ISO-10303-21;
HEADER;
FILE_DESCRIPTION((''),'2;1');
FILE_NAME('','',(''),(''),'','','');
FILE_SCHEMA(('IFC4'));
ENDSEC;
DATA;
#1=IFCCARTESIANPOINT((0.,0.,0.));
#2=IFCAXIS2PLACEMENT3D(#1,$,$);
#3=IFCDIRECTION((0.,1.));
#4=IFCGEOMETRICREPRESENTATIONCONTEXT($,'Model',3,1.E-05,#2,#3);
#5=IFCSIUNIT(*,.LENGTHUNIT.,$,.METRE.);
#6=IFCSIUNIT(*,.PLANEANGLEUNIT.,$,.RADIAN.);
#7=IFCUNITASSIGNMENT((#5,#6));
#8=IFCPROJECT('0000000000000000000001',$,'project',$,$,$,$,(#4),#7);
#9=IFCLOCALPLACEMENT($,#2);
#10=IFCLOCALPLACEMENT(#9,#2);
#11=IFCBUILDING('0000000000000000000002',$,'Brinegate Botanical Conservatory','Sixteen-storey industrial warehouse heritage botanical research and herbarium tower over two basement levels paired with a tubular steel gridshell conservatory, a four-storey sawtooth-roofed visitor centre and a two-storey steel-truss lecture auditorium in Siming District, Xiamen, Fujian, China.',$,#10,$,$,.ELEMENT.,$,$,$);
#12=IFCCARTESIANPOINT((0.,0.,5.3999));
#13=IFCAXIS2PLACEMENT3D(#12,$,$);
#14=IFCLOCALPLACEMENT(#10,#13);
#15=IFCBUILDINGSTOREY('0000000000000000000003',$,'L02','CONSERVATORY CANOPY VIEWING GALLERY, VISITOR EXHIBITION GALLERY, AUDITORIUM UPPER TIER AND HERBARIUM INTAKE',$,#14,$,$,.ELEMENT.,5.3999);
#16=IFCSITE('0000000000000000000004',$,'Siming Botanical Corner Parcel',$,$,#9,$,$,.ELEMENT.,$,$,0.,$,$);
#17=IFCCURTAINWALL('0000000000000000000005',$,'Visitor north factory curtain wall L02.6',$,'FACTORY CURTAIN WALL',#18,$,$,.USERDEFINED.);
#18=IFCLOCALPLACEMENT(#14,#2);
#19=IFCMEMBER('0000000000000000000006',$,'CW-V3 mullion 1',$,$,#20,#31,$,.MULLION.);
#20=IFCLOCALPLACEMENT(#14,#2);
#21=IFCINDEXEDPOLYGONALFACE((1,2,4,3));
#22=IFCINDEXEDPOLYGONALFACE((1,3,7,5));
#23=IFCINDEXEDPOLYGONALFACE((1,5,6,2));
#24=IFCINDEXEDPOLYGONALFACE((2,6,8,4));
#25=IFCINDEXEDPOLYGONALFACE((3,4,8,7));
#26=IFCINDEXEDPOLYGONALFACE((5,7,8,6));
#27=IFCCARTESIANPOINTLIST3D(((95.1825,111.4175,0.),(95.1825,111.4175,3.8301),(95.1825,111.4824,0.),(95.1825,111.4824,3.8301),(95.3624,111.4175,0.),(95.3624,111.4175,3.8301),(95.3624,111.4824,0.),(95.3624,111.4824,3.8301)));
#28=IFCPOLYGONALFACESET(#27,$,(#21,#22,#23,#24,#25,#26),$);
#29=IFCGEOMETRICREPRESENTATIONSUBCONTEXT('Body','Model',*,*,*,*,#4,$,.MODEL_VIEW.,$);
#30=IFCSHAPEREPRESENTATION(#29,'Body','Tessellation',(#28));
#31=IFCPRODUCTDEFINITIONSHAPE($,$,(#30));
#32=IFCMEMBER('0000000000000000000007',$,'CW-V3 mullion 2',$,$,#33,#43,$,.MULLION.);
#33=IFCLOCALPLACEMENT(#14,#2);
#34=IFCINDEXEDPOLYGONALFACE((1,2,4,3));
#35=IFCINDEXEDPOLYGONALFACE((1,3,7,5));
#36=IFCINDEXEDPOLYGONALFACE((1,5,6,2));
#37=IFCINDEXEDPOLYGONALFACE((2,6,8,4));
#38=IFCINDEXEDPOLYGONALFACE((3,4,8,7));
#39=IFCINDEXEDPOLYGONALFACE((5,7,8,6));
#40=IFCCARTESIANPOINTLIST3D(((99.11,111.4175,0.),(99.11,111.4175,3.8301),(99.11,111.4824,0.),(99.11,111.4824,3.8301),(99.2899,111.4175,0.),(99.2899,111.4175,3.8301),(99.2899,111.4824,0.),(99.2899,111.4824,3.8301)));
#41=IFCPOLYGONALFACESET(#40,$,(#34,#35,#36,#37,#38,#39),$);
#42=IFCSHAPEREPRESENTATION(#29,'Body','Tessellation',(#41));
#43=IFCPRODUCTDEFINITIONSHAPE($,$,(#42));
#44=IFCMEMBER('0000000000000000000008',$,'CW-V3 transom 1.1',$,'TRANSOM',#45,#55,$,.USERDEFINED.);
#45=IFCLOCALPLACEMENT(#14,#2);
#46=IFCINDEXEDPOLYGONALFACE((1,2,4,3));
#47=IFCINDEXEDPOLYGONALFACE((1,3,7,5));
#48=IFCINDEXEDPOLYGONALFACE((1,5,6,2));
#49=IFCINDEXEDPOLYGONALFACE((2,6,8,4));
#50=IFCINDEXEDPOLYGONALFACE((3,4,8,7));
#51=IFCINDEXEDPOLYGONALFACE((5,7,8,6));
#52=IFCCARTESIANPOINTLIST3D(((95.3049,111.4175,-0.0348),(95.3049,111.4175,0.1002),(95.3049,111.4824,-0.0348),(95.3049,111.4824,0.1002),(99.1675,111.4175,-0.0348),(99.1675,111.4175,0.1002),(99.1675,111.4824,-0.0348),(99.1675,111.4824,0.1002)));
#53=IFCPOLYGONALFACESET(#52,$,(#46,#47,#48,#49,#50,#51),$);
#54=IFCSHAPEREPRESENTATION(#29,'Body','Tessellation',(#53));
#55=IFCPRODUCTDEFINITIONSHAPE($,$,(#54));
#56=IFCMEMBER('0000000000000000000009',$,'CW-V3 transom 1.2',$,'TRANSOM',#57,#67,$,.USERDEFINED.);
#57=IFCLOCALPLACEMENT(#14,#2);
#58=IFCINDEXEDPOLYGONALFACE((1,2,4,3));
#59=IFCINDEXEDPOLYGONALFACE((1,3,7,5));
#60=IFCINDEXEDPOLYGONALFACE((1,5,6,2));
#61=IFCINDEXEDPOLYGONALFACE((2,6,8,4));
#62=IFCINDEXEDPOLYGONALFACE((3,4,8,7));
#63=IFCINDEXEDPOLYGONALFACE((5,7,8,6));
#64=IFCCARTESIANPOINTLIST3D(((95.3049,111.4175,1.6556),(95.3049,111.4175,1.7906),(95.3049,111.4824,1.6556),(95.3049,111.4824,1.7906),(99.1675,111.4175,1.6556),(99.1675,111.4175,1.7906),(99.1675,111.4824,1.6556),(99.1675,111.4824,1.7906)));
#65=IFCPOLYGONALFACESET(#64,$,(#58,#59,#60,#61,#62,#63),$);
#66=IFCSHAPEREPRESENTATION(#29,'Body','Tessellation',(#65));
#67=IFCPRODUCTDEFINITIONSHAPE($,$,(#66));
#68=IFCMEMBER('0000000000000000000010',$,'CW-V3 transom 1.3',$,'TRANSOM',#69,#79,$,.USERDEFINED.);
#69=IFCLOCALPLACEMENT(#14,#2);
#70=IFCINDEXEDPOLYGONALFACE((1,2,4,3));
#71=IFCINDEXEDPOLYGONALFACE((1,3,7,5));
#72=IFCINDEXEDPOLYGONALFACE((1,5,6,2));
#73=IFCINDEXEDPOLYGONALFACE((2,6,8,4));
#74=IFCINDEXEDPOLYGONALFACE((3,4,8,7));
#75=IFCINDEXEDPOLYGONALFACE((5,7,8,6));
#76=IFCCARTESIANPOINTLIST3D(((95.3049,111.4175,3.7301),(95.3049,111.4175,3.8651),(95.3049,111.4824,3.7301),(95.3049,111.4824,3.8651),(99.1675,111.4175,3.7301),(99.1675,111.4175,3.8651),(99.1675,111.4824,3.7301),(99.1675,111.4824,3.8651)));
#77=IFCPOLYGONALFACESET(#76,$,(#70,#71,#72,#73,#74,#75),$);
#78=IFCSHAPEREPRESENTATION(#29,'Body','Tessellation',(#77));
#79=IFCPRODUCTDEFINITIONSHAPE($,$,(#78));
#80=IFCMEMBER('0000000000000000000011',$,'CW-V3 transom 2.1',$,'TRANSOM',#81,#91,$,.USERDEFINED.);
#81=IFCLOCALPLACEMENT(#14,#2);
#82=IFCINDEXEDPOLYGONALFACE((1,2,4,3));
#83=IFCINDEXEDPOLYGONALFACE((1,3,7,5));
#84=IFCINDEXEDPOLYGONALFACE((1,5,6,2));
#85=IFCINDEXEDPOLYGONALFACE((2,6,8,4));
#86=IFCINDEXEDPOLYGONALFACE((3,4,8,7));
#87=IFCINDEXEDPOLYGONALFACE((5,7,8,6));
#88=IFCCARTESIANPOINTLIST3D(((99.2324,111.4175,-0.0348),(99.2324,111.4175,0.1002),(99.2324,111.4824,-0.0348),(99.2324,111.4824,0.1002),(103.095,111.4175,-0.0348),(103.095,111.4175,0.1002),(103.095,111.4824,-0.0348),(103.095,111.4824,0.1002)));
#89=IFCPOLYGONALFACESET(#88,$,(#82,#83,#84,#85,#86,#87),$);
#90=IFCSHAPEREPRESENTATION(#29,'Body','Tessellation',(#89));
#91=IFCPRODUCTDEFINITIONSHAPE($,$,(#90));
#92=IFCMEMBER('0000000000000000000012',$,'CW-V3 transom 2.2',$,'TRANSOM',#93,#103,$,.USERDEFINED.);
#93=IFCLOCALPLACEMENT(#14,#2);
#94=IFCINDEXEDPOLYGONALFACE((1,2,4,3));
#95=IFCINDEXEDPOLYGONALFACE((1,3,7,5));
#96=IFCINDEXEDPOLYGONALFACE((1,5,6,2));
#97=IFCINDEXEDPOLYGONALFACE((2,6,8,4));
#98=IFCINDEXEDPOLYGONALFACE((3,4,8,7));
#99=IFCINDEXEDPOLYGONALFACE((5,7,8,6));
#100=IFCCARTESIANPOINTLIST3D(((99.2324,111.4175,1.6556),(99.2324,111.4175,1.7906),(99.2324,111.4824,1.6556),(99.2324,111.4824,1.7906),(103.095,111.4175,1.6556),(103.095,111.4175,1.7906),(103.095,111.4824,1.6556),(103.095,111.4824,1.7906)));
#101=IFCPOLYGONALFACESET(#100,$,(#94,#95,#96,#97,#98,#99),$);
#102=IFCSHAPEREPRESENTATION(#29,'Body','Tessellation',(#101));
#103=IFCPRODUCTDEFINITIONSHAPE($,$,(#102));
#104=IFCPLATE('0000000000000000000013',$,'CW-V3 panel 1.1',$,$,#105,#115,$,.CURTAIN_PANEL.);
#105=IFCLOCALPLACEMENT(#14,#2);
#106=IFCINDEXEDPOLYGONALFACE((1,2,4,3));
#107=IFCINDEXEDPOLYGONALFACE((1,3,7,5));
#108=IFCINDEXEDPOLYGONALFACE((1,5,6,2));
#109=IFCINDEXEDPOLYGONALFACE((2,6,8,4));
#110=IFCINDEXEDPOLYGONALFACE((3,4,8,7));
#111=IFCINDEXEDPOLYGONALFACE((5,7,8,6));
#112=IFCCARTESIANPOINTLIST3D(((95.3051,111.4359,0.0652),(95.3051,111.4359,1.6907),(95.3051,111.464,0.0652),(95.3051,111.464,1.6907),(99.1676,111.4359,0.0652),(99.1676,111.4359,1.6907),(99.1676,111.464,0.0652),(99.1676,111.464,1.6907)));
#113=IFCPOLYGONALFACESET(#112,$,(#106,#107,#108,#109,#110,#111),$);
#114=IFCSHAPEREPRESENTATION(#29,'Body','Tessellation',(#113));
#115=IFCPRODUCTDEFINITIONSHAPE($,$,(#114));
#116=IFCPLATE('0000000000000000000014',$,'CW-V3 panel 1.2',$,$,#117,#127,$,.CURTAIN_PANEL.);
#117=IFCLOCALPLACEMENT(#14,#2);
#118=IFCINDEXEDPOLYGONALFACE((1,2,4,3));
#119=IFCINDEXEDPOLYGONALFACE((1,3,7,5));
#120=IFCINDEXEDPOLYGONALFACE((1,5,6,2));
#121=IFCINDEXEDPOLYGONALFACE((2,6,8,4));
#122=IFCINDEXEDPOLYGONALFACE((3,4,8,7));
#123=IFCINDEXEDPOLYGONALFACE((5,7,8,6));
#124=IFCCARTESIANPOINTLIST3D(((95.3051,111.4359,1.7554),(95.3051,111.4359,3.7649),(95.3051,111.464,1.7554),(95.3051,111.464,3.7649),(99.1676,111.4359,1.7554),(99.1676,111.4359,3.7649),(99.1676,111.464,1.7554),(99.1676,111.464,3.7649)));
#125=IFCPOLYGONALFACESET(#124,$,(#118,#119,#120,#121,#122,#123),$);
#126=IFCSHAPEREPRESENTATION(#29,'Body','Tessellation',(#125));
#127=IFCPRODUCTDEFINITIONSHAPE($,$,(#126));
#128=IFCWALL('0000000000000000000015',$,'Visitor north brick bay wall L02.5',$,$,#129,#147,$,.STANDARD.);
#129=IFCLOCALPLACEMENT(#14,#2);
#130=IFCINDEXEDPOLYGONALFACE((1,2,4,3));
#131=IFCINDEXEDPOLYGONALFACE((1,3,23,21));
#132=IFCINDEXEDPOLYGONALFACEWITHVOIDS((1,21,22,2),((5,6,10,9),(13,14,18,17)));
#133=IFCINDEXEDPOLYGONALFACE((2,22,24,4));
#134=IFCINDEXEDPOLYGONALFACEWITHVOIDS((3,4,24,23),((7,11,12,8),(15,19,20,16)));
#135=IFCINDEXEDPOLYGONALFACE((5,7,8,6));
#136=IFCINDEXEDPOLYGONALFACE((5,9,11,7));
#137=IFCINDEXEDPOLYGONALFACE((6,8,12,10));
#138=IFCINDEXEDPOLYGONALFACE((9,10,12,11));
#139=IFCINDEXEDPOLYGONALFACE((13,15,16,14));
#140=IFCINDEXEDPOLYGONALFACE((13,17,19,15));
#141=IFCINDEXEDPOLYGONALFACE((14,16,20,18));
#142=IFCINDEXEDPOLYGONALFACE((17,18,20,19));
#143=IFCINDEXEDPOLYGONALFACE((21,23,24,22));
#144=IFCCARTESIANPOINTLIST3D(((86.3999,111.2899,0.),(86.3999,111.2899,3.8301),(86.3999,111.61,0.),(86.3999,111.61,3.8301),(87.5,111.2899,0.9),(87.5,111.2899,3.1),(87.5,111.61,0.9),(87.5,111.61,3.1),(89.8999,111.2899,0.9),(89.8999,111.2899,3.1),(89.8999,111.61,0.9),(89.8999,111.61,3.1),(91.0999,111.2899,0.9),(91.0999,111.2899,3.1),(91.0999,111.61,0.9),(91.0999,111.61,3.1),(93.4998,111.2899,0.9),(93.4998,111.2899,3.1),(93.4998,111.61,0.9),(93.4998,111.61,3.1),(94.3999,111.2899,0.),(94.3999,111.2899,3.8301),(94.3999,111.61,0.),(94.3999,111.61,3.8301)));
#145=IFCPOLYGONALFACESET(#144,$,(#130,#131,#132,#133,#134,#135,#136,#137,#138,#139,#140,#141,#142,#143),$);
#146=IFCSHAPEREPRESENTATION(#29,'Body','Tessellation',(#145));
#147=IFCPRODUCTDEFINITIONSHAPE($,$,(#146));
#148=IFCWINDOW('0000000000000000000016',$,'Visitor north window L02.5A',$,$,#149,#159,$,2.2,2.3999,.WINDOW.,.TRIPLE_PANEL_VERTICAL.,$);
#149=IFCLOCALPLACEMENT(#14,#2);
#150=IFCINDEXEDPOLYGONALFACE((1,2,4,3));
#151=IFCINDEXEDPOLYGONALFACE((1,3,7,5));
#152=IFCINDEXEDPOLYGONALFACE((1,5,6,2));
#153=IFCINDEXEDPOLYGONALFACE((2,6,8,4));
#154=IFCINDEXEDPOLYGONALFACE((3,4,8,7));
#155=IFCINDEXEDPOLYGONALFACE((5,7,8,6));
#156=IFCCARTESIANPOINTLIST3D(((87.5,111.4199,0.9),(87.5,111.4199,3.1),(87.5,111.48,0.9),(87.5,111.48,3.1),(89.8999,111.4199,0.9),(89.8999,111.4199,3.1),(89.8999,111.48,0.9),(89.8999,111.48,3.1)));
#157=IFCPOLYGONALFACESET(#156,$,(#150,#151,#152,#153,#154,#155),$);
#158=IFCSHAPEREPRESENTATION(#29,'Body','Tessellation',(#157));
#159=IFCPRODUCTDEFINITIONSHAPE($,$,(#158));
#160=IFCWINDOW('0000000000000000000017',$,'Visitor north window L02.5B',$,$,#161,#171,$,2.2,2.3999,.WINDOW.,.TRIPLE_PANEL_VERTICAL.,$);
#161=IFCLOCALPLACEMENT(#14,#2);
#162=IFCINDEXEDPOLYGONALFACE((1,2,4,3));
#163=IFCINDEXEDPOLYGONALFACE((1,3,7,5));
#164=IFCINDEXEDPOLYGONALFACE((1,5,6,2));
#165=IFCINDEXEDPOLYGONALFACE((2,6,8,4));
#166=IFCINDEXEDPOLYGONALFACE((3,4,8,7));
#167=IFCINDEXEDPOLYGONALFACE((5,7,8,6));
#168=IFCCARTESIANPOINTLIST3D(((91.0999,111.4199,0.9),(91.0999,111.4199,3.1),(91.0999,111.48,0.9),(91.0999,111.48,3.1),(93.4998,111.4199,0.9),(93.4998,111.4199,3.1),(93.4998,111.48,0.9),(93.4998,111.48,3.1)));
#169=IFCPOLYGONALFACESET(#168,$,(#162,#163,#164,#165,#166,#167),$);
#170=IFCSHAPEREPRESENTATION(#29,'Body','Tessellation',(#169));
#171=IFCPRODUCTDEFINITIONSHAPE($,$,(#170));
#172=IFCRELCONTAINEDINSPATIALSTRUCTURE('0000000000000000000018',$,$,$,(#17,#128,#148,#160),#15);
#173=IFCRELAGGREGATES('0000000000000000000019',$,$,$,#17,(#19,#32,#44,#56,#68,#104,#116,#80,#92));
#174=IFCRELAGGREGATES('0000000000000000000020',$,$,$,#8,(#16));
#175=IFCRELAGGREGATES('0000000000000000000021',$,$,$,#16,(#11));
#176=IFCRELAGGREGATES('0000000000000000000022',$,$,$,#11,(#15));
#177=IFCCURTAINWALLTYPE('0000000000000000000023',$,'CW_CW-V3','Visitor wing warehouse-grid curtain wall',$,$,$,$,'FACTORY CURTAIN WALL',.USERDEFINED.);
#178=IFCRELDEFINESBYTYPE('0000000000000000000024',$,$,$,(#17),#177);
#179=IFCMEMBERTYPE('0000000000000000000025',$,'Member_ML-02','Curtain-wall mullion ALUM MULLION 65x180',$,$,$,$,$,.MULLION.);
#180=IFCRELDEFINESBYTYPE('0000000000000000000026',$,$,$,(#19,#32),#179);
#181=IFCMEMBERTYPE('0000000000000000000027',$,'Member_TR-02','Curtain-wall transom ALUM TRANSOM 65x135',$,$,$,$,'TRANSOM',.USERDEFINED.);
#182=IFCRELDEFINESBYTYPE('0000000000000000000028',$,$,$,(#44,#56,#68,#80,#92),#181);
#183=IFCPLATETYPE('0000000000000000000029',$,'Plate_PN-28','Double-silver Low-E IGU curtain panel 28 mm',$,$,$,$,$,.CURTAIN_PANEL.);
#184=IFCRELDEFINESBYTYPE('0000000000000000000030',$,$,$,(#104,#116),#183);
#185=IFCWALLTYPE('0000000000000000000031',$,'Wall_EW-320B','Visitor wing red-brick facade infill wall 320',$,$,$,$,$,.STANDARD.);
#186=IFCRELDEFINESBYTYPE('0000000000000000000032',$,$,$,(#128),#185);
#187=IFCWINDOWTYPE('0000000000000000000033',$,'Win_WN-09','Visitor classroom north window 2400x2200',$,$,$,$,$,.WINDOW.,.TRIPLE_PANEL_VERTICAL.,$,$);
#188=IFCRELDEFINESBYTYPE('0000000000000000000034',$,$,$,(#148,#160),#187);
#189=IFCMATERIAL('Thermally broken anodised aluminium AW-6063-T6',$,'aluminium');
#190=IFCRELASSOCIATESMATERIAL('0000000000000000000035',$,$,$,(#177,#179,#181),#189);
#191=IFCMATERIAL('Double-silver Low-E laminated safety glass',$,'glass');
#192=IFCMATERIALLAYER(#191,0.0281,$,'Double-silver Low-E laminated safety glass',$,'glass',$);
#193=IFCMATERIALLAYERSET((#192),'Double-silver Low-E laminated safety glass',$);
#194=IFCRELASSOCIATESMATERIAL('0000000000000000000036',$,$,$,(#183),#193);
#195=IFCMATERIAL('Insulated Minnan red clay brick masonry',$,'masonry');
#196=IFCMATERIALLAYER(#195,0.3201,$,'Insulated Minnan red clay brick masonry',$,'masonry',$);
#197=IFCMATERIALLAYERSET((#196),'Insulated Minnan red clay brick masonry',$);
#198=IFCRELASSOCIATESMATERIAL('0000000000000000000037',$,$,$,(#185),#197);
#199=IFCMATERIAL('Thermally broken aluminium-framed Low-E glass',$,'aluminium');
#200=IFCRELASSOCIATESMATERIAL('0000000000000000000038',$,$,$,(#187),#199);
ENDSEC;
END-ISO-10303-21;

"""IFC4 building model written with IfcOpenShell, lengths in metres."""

from ifc_helpers import new_model, si_unit, direction, frame, frame_2d, origin, origin_2d, place, context, subcontext, project, spatial, rectangle, extrude, material, layer, layer_set, material_profile, profile_set, type_object, element, fill, aggregate, save


model = new_model("IFC4")

# Units and contexts
model_context = context("Model", 3, precision=1e-05, world=origin(), true_north=direction((0.0, 1.0)))
body_context = subcontext(model_context, "Body", "Model", "MODEL_VIEW")
ifc_project = project(units=[si_unit("LENGTHUNIT", "METRE"), si_unit("PLANEANGLEUNIT", "RADIAN")], contexts=[model_context])

# Site, building, storey
site_placement = place(None, origin())
site = spatial("IfcSite", under=ifc_project, at=site_placement, Name="Siming Botanical Corner Parcel", CompositionType="ELEMENT", RefElevation=0.0)
building_placement = place(site_placement, origin())
building = spatial("IfcBuilding", under=site, at=building_placement, Name="Brinegate Botanical Conservatory", Description="Sixteen-storey industrial warehouse heritage botanical research and herbarium tower over two basement levels paired with a tubular steel gridshell conservatory, a four-storey sawtooth-roofed visitor centre and a two-storey steel-truss lecture auditorium in Siming District, Xiamen, Fujian, China.", CompositionType="ELEMENT")
storey_placement = place(building_placement, frame((0.0, 0.0, 5.3999)))
storey = spatial("IfcBuildingStorey", under=building, at=storey_placement, Name="L02", Description="CONSERVATORY CANOPY VIEWING GALLERY, VISITOR EXHIBITION GALLERY, AUDITORIUM UPPER TIER AND HERBARIUM INTAKE", CompositionType="ELEMENT", Elevation=5.3999)

# Curtain wall, members, plates
ifc_material_1 = material(Name="Thermally broken anodised aluminium AW-6063-T6", Category="aluminium")
curtain_wall_type = type_object("IfcCurtainWallType", Name="CW_CW-V3", Description="Visitor wing warehouse-grid curtain wall", ElementType="FACTORY CURTAIN WALL", PredefinedType="USERDEFINED", material=ifc_material_1)
curtain_wall_placement = place(storey_placement, origin())
curtain_wall = element("IfcCurtainWall", 1, at=curtain_wall_placement, inside=storey, type_object=curtain_wall_type, Name="Visitor north factory curtain wall L02.6", ObjectType="FACTORY CURTAIN WALL", PredefinedType="USERDEFINED")
ifc_material_profile_1 = material_profile(ifc_material_1, rectangle(XDim=0.0649, YDim=0.1799, at=origin_2d()), Name="ALUM MULLION 65x180")
ifc_profile_set_1 = profile_set([ifc_material_profile_1], Name="Thermally broken anodised aluminium AW-6063-T6")
member_type_1 = type_object("IfcMemberType", Name="Member_ML-02", Description="Curtain-wall mullion ALUM MULLION 65x180", PredefinedType="MULLION", material=ifc_profile_set_1)
member_1_placement = place(storey_placement, frame((95.2725, 111.45, 0.0), z_axis=(0.0, 0.0, 1.0), x_axis=(0.0, 1.0, 0.0)))
member_1 = element("IfcMember", 2, at=member_1_placement, type_object=member_type_1, Name="CW-V3 mullion 1", PredefinedType="MULLION", context=body_context, shape_type="SweptSolid", body=[
    extrude(rectangle(XDim=0.0649, YDim=0.1799, at=origin_2d()), origin(), (0.0, 0.0, 1.0), 3.8301),
])
member_2_placement = place(storey_placement, frame((99.2, 111.45, 0.0), z_axis=(0.0, 0.0, 1.0), x_axis=(0.0, 1.0, 0.0)))
member_2 = element("IfcMember", 3, at=member_2_placement, type_object=member_type_1, Name="CW-V3 mullion 2", PredefinedType="MULLION", context=body_context, shape_type="SweptSolid", body=[
    extrude(rectangle(XDim=0.0649, YDim=0.1799, at=origin_2d()), origin(), (0.0, 0.0, 1.0), 3.8301),
])
ifc_material_profile_2 = material_profile(ifc_material_1, rectangle(XDim=0.0649, YDim=0.135, at=origin_2d()), Name="ALUM TRANSOM 65x135")
ifc_profile_set_2 = profile_set([ifc_material_profile_2], Name="Thermally broken anodised aluminium AW-6063-T6")
member_type_2 = type_object("IfcMemberType", Name="Member_TR-02", Description="Curtain-wall transom ALUM TRANSOM 65x135", ElementType="TRANSOM", PredefinedType="USERDEFINED", material=ifc_profile_set_2)
member_3_placement = place(storey_placement, frame((95.3049, 111.45, 0.0327), z_axis=(1.0, 0.0, 0.0), x_axis=(0.0, 1.0, 0.0)))
member_3 = element("IfcMember", 4, at=member_3_placement, type_object=member_type_2, Name="CW-V3 transom 1.1", ObjectType="TRANSOM", PredefinedType="USERDEFINED", context=body_context, shape_type="SweptSolid", body=[
    extrude(rectangle(XDim=0.0649, YDim=0.135, at=origin_2d()), origin(), (0.0, 0.0, 1.0), 3.8625),
])
member_4_placement = place(storey_placement, frame((95.3049, 111.45, 1.7231), z_axis=(1.0, 0.0, 0.0), x_axis=(0.0, 1.0, 0.0)))
member_4 = element("IfcMember", 5, at=member_4_placement, type_object=member_type_2, Name="CW-V3 transom 1.2", ObjectType="TRANSOM", PredefinedType="USERDEFINED", context=body_context, shape_type="SweptSolid", body=[
    extrude(rectangle(XDim=0.0649, YDim=0.135, at=origin_2d()), origin(), (0.0, 0.0, 1.0), 3.8625),
])
member_5_placement = place(storey_placement, frame((95.3049, 111.45, 3.7976), z_axis=(1.0, 0.0, 0.0), x_axis=(0.0, 1.0, 0.0)))
member_5 = element("IfcMember", 6, at=member_5_placement, type_object=member_type_2, Name="CW-V3 transom 1.3", ObjectType="TRANSOM", PredefinedType="USERDEFINED", context=body_context, shape_type="SweptSolid", body=[
    extrude(rectangle(XDim=0.0649, YDim=0.135, at=origin_2d()), origin(), (0.0, 0.0, 1.0), 3.8625),
])
member_6_placement = place(storey_placement, frame((99.2324, 111.45, 0.0327), z_axis=(1.0, 0.0, 0.0), x_axis=(0.0, 1.0, 0.0)))
member_6 = element("IfcMember", 7, at=member_6_placement, type_object=member_type_2, Name="CW-V3 transom 2.1", ObjectType="TRANSOM", PredefinedType="USERDEFINED", context=body_context, shape_type="SweptSolid", body=[
    extrude(rectangle(XDim=0.0649, YDim=0.135, at=origin_2d()), origin(), (0.0, 0.0, 1.0), 3.8625),
])
member_7_placement = place(storey_placement, frame((99.2324, 111.45, 1.7231), z_axis=(1.0, 0.0, 0.0), x_axis=(0.0, 1.0, 0.0)))
member_7 = element("IfcMember", 8, at=member_7_placement, type_object=member_type_2, Name="CW-V3 transom 2.2", ObjectType="TRANSOM", PredefinedType="USERDEFINED", context=body_context, shape_type="SweptSolid", body=[
    extrude(rectangle(XDim=0.0649, YDim=0.135, at=origin_2d()), origin(), (0.0, 0.0, 1.0), 3.8625),
])
ifc_material_2 = material(Name="Double-silver Low-E laminated safety glass", Category="glass")
ifc_layer_1 = layer(ifc_material_2, 0.0281, Name="Double-silver Low-E laminated safety glass", Category="glass")
ifc_layer_set_1 = layer_set([ifc_layer_1], Name="Double-silver Low-E laminated safety glass")
plate_type = type_object("IfcPlateType", Name="Plate_PN-28", Description="Double-silver Low-E IGU curtain panel 28 mm", PredefinedType="CURTAIN_PANEL", material=ifc_layer_set_1)
plate_1_placement = place(storey_placement, frame((97.2363, 111.45, 0.0652), z_axis=(0.0, 0.0, 1.0), x_axis=(1.0, 0.0, 0.0)))
plate_1 = element("IfcPlate", 9, at=plate_1_placement, type_object=plate_type, Name="CW-V3 panel 1.1", PredefinedType="CURTAIN_PANEL", context=body_context, shape_type="SweptSolid", body=[
    extrude(rectangle(XDim=3.8625, YDim=0.0281, at=origin_2d()), origin(), (0.0, 0.0, 1.0), 1.6255),
])
plate_2_placement = place(storey_placement, frame((97.2363, 111.45, 1.7554), z_axis=(0.0, 0.0, 1.0), x_axis=(1.0, 0.0, 0.0)))
plate_2 = element("IfcPlate", 10, at=plate_2_placement, type_object=plate_type, Name="CW-V3 panel 1.2", PredefinedType="CURTAIN_PANEL", context=body_context, shape_type="SweptSolid", body=[
    extrude(rectangle(XDim=3.8625, YDim=0.0281, at=origin_2d()), origin(), (0.0, 0.0, 1.0), 2.0095),
])
aggregate(curtain_wall, [member_1, member_2, member_3, member_4, member_5, plate_1, plate_2, member_6, member_7])

# Wall, openings, windows
ifc_material_3 = material(Name="Insulated Minnan red clay brick masonry", Category="masonry")
ifc_layer_2 = layer(ifc_material_3, 0.3201, Name="Insulated Minnan red clay brick masonry", Category="masonry")
ifc_layer_set_2 = layer_set([ifc_layer_2], Name="Insulated Minnan red clay brick masonry")
wall_type_1 = type_object("IfcWallType", Name="Wall_EW-320B", Description="Visitor wing red-brick facade infill wall 320", PredefinedType="STANDARD", material=ifc_layer_set_2)
wall_1_placement = place(storey_placement, frame((86.3999, 111.45, 0.0), z_axis=(0.0, 0.0, 1.0), x_axis=(1.0, 0.0, 0.0)))
wall_1 = element("IfcWall", 11, at=wall_1_placement, inside=storey, type_object=wall_type_1, Name="Visitor north brick bay wall L02.5", PredefinedType="STANDARD", context=body_context, shape_type="SweptSolid", body=[
    extrude(rectangle(XDim=8.0, YDim=0.3201, at=frame_2d((4.0, 0.0))), origin(), (0.0, 0.0, 1.0), 3.8301),
])
opening_1_placement = place(wall_1_placement, frame((1.1001, 0.0, 0.8999)))
opening_1 = element("IfcOpeningElement", 12, at=opening_1_placement, cuts=wall_1, PredefinedType="OPENING", context=body_context, shape_type="SweptSolid", body=[
    extrude(rectangle(XDim=2.3999, YDim=2.2, at=frame_2d((1.2, 1.1001))), frame((0.0, 0.1699, 0.0), z_axis=(0.0, -1.0, 0.0), x_axis=(1.0, 0.0, 0.0)), (0.0, 0.0, 1.0), 0.3401),
])
opening_2_placement = place(wall_1_placement, frame((4.7, 0.0, 0.8999)))
opening_2 = element("IfcOpeningElement", 13, at=opening_2_placement, cuts=wall_1, PredefinedType="OPENING", context=body_context, shape_type="SweptSolid", body=[
    extrude(rectangle(XDim=2.3999, YDim=2.2, at=frame_2d((1.2, 1.1001))), frame((0.0, 0.1699, 0.0), z_axis=(0.0, -1.0, 0.0), x_axis=(1.0, 0.0, 0.0)), (0.0, 0.0, 1.0), 0.3401),
])
ifc_material_4 = material(Name="Thermally broken aluminium-framed Low-E glass", Category="aluminium")
window_type = type_object("IfcWindowType", Name="Win_WN-09", Description="Visitor classroom north window 2400x2200", PartitioningType="TRIPLE_PANEL_VERTICAL", PredefinedType="WINDOW", material=ifc_material_4)
window_1_placement = place(opening_1_placement, origin())
window_1 = element("IfcWindow", 14, at=window_1_placement, inside=storey, type_object=window_type, Name="Visitor north window L02.5A", OverallHeight=2.2, OverallWidth=2.3999, PartitioningType="TRIPLE_PANEL_VERTICAL", PredefinedType="WINDOW", context=body_context, shape_type="SweptSolid", body=[
    extrude(rectangle(XDim=2.3999, YDim=2.2, at=frame_2d((1.2, 1.1001))), frame((0.0, 0.03, 0.0), z_axis=(0.0, -1.0, 0.0), x_axis=(1.0, 0.0, 0.0)), (0.0, 0.0, 1.0), 0.0601),
])
fill(opening_1, window_1)
window_2_placement = place(opening_2_placement, origin())
window_2 = element("IfcWindow", 15, at=window_2_placement, inside=storey, type_object=window_type, Name="Visitor north window L02.5B", OverallHeight=2.2, OverallWidth=2.3999, PartitioningType="TRIPLE_PANEL_VERTICAL", PredefinedType="WINDOW", context=body_context, shape_type="SweptSolid", body=[
    extrude(rectangle(XDim=2.3999, YDim=2.2, at=frame_2d((1.2, 1.1001))), frame((0.0, 0.03, 0.0), z_axis=(0.0, -1.0, 0.0), x_axis=(1.0, 0.0, 0.0)), (0.0, 0.0, 1.0), 0.0601),
])
fill(opening_2, window_2)

save(model, "model.ifc")
